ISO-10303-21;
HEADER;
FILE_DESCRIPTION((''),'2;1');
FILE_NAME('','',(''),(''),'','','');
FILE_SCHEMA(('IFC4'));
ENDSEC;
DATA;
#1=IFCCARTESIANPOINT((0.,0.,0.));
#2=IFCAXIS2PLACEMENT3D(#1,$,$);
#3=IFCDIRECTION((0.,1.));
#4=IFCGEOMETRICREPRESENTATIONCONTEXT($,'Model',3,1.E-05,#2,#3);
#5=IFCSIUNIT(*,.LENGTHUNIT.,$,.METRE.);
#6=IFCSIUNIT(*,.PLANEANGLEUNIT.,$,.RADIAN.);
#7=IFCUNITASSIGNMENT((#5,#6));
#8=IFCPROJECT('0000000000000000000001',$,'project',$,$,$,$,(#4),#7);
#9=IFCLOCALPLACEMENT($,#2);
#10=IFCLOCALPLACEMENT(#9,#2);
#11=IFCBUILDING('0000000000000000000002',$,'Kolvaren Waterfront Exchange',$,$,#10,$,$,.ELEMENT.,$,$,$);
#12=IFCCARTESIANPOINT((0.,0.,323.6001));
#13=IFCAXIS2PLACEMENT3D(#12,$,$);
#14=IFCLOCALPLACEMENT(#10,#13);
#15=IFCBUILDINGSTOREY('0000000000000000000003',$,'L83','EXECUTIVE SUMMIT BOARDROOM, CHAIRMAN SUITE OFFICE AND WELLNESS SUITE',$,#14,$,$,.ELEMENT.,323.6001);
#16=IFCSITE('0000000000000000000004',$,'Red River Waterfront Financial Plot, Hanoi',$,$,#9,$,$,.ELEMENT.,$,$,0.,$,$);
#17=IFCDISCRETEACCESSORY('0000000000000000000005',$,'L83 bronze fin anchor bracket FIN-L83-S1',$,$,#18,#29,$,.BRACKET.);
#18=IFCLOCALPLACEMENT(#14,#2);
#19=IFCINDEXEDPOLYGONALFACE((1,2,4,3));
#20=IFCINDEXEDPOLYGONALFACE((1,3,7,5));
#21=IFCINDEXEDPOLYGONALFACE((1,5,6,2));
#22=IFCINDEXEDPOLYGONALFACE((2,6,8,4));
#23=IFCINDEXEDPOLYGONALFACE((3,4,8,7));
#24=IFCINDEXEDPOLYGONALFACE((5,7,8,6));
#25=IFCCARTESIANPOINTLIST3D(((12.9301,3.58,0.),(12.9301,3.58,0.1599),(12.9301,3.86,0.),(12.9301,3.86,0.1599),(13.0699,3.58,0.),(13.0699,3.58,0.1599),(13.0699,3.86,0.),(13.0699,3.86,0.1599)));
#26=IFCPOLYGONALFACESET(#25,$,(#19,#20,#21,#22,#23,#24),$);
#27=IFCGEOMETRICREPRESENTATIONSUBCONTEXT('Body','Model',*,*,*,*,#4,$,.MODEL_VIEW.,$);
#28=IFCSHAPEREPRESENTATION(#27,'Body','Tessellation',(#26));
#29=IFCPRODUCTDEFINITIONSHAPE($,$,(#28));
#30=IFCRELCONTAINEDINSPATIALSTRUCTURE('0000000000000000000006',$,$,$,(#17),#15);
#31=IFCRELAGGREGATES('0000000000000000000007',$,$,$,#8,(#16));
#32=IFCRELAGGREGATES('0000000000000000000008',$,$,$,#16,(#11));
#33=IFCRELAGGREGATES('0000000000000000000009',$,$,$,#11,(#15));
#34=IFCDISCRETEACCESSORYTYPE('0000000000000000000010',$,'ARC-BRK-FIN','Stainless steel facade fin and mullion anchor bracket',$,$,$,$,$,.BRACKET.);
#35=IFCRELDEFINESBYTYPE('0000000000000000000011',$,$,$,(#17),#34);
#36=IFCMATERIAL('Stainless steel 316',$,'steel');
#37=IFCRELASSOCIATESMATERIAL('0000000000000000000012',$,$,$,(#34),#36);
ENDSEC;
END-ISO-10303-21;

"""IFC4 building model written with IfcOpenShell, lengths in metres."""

from ifc_helpers import new_model, si_unit, direction, frame, origin, origin_with_axes, origin_2d, place, context, subcontext, project, spatial, rectangle, extrude, source, transform, mapped, material, type_object, element, save


model = new_model("IFC4")

# Units and contexts
model_context = context("Model", 3, precision=1e-05, world=origin(), true_north=direction((0.0, 1.0)))
body_context = subcontext(model_context, "Body", "Model", "MODEL_VIEW")
ifc_project = project(units=[si_unit("LENGTHUNIT", "METRE"), si_unit("PLANEANGLEUNIT", "RADIAN")], contexts=[model_context])

# Site, building, storey
site_placement = place(None, origin())
site = spatial("IfcSite", under=ifc_project, at=site_placement, Name="Red River Waterfront Financial Plot, Hanoi", CompositionType="ELEMENT", RefElevation=0.0)
building_placement = place(site_placement, origin())
building = spatial("IfcBuilding", under=site, at=building_placement, Name="Kolvaren Waterfront Exchange", CompositionType="ELEMENT")
storey_placement = place(building_placement, frame((0.0, 0.0, 323.6001)))
storey = spatial("IfcBuildingStorey", under=building, at=storey_placement, Name="L83", Description="EXECUTIVE SUMMIT BOARDROOM, CHAIRMAN SUITE OFFICE AND WELLNESS SUITE", CompositionType="ELEMENT", Elevation=323.6001)

# Discrete accessory
ifc_material_1 = material(Name="Stainless steel 316", Category="steel")
discrete_accessory_type = type_object("IfcDiscreteAccessoryType", Name="ARC-BRK-FIN", Description="Stainless steel facade fin and mullion anchor bracket", PredefinedType="BRACKET", material=ifc_material_1)
shared_shape_1 = source(origin_with_axes(), body_context, "Body", "SweptSolid", [
    extrude(rectangle(XDim=0.28, YDim=0.1399, at=origin_2d()), origin(), (0.0, 0.0, 1.0), 0.1599),
])
discrete_accessory_placement = place(storey_placement, frame((13.0, 3.72, 0.0), z_axis=(0.0, 0.0, 1.0), x_axis=(0.0, -1.0, 0.0)))
element("IfcDiscreteAccessory", 1, at=discrete_accessory_placement, inside=storey, type_object=discrete_accessory_type, Name="L83 bronze fin anchor bracket FIN-L83-S1", PredefinedType="BRACKET", context=body_context, shape_type="MappedRepresentation", body=[
    mapped(shared_shape_1, transform((0.0, 0.0, 0.0), x_axis=(1.0, 0.0, 0.0), y_axis=(0.0, 1.0, 0.0), z_axis=(0.0, 0.0, 1.0), scale=1.0)),
])

save(model, "model.ifc")
